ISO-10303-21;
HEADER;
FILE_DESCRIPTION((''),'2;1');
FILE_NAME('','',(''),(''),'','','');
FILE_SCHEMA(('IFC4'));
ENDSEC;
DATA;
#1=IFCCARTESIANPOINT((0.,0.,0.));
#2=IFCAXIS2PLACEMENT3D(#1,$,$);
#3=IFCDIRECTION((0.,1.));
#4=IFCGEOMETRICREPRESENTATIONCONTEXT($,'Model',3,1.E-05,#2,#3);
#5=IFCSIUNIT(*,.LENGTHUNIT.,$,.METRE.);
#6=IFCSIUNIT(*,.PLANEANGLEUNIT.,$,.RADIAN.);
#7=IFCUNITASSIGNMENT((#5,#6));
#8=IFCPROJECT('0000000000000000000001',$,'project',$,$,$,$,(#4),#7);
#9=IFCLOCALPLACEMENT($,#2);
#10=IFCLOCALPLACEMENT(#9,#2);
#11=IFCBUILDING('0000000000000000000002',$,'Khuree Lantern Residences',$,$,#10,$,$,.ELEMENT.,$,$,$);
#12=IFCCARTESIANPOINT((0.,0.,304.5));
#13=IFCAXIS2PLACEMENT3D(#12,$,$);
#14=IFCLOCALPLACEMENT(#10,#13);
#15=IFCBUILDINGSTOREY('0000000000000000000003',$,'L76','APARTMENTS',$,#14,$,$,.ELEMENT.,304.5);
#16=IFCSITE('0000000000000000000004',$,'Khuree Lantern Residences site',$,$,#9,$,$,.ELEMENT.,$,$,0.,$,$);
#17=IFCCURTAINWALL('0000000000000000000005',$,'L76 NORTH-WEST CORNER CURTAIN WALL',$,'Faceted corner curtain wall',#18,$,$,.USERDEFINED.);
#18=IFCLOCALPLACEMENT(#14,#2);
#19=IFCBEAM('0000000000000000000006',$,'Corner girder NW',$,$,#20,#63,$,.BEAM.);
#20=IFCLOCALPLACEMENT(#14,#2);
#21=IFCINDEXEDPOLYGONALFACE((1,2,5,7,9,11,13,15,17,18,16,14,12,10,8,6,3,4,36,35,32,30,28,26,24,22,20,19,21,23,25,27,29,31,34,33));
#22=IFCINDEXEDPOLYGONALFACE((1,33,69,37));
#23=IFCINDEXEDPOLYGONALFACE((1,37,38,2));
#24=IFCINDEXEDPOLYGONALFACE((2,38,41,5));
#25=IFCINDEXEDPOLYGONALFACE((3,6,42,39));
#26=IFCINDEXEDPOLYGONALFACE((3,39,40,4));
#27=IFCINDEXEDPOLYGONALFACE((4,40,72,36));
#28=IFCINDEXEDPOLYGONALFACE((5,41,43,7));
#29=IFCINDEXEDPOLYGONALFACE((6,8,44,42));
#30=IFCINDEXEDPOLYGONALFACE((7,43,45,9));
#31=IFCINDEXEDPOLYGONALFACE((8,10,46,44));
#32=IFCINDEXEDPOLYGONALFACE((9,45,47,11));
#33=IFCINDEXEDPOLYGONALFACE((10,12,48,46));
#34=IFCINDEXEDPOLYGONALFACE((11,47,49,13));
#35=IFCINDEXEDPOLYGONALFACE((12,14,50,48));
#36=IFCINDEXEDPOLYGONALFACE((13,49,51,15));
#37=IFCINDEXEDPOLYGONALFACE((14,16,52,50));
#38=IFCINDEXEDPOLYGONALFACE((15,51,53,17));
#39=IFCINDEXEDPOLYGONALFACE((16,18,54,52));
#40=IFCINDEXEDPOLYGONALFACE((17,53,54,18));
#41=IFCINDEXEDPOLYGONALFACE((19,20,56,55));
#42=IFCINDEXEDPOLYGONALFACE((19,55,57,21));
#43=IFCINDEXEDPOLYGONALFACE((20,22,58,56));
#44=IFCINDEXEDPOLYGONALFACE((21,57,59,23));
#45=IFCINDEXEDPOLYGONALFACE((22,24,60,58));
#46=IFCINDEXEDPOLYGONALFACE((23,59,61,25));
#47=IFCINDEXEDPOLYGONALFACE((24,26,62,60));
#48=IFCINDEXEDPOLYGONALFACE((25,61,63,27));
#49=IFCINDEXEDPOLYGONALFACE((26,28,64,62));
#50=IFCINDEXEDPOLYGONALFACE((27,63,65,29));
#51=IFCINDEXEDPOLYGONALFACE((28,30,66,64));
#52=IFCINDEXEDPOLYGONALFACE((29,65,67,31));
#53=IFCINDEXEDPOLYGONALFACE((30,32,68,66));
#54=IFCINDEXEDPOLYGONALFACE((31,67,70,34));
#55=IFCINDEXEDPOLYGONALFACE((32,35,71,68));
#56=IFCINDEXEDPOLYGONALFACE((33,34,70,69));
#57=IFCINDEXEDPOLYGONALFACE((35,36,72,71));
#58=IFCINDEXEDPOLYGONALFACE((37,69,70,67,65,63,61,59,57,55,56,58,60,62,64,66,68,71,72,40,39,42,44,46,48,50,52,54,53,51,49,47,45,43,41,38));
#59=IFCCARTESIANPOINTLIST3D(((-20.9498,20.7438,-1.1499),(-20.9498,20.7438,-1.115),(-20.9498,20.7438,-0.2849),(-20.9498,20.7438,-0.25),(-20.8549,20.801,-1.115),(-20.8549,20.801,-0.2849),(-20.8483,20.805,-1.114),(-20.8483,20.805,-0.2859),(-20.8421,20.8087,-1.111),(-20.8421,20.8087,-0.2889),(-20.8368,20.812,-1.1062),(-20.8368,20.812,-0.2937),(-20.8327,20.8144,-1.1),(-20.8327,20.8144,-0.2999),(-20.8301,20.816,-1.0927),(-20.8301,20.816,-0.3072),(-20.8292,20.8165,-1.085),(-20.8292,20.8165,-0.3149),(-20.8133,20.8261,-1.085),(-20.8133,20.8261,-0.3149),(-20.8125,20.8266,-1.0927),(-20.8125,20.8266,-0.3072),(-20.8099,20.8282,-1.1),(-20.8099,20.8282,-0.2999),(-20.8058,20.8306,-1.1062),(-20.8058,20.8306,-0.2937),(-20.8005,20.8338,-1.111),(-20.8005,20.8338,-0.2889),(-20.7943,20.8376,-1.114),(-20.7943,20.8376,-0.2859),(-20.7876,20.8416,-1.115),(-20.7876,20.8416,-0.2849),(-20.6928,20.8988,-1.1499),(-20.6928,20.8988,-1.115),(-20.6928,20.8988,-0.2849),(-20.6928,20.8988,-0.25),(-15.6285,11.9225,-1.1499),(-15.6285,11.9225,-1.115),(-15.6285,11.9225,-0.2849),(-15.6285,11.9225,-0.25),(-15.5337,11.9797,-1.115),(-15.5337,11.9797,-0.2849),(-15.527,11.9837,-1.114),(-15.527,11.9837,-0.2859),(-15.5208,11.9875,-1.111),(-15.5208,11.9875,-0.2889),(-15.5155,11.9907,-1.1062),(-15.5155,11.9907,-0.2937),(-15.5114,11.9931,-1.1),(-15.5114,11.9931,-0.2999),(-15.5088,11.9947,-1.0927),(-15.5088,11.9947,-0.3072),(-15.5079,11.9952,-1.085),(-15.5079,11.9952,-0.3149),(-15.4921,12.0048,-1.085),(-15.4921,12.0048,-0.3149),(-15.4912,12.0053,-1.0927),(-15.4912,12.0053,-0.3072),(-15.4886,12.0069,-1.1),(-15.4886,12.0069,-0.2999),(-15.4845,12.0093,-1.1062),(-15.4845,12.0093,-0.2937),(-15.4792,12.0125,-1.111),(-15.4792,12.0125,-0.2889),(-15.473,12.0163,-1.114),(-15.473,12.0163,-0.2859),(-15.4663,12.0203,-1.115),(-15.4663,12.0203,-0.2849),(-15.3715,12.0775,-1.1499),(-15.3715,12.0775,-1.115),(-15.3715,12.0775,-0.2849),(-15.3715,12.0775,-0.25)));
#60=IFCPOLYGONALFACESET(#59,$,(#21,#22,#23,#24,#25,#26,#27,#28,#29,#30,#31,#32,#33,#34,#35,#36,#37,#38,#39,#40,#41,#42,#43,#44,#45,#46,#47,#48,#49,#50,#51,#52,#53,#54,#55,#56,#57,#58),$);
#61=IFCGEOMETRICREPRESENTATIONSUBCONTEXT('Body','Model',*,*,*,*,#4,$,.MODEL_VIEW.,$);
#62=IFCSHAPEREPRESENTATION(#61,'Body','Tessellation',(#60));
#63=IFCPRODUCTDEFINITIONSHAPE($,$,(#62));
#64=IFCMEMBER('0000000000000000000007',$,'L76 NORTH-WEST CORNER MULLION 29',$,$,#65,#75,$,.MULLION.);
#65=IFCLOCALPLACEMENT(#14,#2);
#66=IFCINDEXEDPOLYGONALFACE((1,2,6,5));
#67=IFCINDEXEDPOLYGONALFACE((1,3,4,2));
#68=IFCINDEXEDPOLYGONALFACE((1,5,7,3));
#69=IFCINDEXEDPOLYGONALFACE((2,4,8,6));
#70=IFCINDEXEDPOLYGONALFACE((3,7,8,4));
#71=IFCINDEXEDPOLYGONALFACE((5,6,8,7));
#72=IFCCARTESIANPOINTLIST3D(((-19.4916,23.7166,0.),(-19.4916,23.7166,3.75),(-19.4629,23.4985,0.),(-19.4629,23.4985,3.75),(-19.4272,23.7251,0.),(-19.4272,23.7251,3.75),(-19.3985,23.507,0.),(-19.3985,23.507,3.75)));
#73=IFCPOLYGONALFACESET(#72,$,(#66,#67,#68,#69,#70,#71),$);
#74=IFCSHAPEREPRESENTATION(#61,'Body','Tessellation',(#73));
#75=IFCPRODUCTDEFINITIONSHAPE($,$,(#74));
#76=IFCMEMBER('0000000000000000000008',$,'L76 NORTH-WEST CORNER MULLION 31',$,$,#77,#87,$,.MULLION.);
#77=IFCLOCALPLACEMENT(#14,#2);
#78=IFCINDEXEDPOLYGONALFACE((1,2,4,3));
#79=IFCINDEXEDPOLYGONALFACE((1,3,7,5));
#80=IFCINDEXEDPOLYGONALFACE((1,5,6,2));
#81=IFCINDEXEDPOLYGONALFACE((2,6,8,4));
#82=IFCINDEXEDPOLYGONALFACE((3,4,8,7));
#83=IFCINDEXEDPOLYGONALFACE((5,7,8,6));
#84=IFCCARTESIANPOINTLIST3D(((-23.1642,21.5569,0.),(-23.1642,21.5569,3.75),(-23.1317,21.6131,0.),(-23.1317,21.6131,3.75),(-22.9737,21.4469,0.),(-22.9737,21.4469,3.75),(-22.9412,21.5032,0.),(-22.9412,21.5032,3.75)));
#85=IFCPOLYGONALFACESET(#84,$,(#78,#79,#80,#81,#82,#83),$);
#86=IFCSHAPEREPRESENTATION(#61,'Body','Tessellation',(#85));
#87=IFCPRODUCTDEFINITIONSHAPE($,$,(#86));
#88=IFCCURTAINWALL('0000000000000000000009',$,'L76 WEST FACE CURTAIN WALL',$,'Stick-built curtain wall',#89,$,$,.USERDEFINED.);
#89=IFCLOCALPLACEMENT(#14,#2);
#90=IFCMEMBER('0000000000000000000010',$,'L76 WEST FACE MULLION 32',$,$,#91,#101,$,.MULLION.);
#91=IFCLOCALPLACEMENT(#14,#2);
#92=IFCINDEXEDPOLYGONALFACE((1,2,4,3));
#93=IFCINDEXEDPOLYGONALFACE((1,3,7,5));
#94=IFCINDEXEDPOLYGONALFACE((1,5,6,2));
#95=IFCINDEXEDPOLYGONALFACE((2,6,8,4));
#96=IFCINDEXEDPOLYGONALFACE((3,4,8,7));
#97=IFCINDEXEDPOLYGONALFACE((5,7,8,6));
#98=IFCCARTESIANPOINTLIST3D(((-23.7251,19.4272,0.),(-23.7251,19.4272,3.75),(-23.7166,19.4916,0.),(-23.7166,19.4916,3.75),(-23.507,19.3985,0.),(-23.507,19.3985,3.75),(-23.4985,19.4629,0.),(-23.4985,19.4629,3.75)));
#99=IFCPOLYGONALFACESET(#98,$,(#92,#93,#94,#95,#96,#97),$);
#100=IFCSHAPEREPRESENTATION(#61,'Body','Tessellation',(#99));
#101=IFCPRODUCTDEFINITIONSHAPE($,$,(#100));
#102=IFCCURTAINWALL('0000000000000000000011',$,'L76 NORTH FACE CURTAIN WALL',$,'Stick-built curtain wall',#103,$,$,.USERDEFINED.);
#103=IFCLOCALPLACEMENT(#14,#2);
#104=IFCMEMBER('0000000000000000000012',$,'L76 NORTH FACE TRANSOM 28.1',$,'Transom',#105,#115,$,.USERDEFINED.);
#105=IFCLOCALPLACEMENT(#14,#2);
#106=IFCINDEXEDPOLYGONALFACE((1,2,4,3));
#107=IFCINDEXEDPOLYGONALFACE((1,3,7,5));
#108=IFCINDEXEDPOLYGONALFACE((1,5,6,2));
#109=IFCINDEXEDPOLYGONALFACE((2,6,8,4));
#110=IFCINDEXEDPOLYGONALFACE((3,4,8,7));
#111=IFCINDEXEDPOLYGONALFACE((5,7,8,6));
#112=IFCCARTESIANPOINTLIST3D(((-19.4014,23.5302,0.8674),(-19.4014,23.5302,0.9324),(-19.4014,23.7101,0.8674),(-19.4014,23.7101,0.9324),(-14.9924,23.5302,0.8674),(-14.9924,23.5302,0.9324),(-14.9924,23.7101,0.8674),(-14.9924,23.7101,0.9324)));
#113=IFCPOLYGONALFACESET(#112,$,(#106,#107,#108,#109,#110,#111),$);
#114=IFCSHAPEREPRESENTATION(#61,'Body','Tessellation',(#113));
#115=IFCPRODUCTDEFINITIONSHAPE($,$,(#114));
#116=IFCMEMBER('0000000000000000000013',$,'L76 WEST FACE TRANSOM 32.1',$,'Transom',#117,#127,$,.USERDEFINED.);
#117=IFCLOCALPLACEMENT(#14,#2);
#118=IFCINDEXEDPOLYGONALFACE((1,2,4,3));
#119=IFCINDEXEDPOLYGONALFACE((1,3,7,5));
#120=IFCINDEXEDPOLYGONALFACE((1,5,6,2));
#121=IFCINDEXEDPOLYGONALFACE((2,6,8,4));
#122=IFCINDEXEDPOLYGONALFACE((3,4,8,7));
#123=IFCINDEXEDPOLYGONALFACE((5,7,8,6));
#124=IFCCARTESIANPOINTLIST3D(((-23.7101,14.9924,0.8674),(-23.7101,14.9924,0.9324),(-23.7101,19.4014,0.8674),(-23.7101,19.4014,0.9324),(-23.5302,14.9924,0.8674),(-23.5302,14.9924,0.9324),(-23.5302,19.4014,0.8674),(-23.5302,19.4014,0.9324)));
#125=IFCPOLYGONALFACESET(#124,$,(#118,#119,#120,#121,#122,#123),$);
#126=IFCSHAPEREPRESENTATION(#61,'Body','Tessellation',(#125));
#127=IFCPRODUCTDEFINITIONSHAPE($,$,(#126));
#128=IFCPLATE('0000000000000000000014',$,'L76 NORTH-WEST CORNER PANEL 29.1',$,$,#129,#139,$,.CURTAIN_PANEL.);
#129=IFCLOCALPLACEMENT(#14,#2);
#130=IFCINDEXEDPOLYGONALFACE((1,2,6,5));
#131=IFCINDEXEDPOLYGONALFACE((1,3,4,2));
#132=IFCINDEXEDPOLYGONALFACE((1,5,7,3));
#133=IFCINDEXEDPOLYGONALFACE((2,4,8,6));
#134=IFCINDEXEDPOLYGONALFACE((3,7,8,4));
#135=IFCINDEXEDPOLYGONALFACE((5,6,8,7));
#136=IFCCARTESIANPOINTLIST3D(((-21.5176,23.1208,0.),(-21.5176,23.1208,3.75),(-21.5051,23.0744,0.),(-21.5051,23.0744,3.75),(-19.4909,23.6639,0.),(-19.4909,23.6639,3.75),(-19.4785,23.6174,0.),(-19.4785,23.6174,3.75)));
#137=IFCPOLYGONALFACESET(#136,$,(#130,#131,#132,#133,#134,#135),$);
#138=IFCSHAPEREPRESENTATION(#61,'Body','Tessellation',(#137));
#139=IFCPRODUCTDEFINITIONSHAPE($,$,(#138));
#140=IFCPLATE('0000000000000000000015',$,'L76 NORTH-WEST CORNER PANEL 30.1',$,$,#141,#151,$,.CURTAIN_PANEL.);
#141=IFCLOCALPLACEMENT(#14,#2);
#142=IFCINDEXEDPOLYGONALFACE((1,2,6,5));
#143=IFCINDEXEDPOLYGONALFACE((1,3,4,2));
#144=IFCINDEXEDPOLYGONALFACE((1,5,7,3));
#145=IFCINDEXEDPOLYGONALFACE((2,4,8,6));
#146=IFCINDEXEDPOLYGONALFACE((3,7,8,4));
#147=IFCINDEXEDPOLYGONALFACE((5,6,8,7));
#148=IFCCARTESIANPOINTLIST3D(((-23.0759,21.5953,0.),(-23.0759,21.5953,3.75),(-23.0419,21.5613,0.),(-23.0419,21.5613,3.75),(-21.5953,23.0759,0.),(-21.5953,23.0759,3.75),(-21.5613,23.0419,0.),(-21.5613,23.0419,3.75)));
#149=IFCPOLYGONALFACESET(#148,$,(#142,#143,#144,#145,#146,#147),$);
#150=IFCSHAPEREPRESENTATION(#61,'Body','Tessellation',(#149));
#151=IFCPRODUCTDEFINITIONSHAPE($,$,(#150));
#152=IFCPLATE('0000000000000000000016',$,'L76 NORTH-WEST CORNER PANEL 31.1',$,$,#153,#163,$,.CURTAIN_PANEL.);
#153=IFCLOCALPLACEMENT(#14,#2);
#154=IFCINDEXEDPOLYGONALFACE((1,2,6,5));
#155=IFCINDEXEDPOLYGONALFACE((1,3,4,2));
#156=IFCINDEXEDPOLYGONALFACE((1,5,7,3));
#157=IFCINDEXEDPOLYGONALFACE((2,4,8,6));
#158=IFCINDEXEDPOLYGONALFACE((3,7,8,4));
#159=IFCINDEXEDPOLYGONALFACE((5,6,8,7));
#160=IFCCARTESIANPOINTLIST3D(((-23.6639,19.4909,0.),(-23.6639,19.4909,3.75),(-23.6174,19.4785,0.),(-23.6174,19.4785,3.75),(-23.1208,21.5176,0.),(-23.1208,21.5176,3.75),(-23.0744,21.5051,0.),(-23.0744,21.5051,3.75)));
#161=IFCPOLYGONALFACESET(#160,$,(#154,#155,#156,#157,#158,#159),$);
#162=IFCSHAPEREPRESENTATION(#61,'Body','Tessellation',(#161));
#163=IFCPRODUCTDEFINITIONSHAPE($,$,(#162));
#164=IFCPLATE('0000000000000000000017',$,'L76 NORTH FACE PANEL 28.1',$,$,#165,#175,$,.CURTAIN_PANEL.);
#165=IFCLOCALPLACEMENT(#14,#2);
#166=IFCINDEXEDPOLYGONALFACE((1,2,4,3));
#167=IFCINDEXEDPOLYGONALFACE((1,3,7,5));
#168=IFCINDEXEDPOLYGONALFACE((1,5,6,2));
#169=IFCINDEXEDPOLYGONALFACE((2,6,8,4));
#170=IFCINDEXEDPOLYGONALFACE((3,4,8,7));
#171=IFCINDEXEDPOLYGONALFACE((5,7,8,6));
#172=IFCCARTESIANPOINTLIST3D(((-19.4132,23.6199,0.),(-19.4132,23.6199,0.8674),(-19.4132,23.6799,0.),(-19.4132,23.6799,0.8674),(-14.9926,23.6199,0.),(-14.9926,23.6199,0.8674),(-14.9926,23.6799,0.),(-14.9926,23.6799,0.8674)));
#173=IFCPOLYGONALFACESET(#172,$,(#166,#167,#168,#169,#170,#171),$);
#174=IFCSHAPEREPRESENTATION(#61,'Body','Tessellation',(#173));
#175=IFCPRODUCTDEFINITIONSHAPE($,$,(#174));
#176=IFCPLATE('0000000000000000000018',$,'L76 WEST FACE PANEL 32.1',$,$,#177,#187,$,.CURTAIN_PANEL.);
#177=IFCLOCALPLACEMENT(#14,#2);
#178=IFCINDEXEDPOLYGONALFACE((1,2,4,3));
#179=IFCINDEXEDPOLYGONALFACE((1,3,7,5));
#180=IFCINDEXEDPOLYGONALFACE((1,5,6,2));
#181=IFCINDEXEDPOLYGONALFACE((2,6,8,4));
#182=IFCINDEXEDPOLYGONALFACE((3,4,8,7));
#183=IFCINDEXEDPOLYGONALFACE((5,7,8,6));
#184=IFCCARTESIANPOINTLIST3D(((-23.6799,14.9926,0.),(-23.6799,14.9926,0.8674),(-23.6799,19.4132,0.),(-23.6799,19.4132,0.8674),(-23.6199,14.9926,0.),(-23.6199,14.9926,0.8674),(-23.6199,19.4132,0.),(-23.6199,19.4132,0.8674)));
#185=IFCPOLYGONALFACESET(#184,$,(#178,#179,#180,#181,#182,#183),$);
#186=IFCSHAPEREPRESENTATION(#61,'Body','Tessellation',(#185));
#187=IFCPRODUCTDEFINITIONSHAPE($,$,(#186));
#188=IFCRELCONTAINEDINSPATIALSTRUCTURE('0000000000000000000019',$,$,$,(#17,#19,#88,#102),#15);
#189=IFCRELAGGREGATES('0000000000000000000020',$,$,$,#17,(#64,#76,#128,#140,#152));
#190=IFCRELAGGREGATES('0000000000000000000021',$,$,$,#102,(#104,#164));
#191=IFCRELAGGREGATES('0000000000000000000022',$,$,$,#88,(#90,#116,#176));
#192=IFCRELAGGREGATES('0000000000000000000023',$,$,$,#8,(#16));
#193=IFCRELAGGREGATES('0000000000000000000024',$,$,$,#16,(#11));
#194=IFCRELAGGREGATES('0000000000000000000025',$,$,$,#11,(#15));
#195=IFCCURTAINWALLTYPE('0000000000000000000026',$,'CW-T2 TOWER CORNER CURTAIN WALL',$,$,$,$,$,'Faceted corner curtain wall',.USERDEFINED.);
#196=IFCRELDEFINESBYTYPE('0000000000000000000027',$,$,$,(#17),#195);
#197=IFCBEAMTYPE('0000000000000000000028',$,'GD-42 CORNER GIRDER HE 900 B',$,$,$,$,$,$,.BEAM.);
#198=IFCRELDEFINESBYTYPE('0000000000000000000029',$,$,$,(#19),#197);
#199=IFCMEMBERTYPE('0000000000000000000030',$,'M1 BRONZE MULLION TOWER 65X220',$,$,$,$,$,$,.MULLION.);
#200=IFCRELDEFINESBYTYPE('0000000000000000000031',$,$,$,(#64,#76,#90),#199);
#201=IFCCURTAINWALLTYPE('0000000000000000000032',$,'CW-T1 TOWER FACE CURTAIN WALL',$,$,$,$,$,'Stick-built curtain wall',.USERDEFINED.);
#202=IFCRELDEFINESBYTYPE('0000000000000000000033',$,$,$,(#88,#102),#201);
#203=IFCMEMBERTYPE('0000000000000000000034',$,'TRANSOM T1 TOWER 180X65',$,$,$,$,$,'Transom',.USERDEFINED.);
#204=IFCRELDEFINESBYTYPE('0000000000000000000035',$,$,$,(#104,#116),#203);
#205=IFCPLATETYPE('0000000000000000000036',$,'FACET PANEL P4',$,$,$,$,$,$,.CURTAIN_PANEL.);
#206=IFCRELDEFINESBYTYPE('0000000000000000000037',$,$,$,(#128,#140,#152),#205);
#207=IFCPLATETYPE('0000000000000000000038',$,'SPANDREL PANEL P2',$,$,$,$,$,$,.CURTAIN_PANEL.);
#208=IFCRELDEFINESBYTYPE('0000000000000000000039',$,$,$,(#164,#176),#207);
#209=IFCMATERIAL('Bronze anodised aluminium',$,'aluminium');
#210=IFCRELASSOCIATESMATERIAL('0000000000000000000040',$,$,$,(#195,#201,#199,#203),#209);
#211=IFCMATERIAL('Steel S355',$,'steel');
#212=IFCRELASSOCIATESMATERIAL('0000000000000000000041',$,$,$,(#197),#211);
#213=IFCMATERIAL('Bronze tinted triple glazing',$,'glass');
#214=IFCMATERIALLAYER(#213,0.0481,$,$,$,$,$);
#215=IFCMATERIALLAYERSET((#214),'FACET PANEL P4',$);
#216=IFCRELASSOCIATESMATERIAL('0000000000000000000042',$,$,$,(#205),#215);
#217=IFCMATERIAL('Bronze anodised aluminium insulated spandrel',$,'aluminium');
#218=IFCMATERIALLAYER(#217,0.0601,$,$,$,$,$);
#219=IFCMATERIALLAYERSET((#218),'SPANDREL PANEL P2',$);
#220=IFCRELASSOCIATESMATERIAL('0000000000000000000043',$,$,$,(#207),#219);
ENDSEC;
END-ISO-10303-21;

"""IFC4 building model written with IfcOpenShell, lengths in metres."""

from ifc_helpers import new_model, si_unit, direction, frame, origin, origin_2d, place, context, subcontext, project, spatial, rectangle, i_section, extrude, material, layer, layer_set, material_profile, profile_set, type_object, element, aggregate, save


model = new_model("IFC4")

# Units and contexts
model_context = context("Model", 3, precision=1e-05, world=origin(), true_north=direction((0.0, 1.0)))
body_context = subcontext(model_context, "Body", "Model", "MODEL_VIEW")
ifc_project = project(units=[si_unit("LENGTHUNIT", "METRE"), si_unit("PLANEANGLEUNIT", "RADIAN")], contexts=[model_context])

# Site, building, storey
site_placement = place(None, origin())
site = spatial("IfcSite", under=ifc_project, at=site_placement, Name="Khuree Lantern Residences site", CompositionType="ELEMENT", RefElevation=0.0)
building_placement = place(site_placement, origin())
building = spatial("IfcBuilding", under=site, at=building_placement, Name="Khuree Lantern Residences", CompositionType="ELEMENT")
storey_placement = place(building_placement, frame((0.0, 0.0, 304.5)))
storey = spatial("IfcBuildingStorey", under=building, at=storey_placement, Name="L76", Description="APARTMENTS", CompositionType="ELEMENT", Elevation=304.5)

# Shared definitions
ifc_material_1 = material(Name="Steel S355", Category="steel")

# Curtain wall
ifc_material_2 = material(Name="Bronze anodised aluminium", Category="aluminium")
curtain_wall_type_1 = type_object("IfcCurtainWallType", Name="CW-T2 TOWER CORNER CURTAIN WALL", ElementType="Faceted corner curtain wall", PredefinedType="USERDEFINED", material=ifc_material_2)
curtain_wall_1_placement = place(storey_placement, origin())
curtain_wall_1 = element("IfcCurtainWall", 1, at=curtain_wall_1_placement, inside=storey, type_object=curtain_wall_type_1, Name="L76 NORTH-WEST CORNER CURTAIN WALL", ObjectType="Faceted corner curtain wall", PredefinedType="USERDEFINED")

# Beam
ifc_material_profile_1 = material_profile(ifc_material_1, i_section(OverallWidth=0.3, OverallDepth=0.8999, WebThickness=0.0186, FlangeThickness=0.0349, FilletRadius=0.03, at=origin_2d()), Name="HE 900 B")
ifc_profile_set_1 = profile_set([ifc_material_profile_1], Name="Steel S355")
beam_type_1 = type_object("IfcBeamType", Name="GD-42 CORNER GIRDER HE 900 B", PredefinedType="BEAM", material=ifc_profile_set_1)
beam_1_placement = place(storey_placement, frame((-20.8213, 20.8213, -0.7), z_axis=(0.51653, -0.856269, 0.0), x_axis=(0.856269, 0.51653, 0.0)))
element("IfcBeam", 2, at=beam_1_placement, inside=storey, type_object=beam_type_1, Name="Corner girder NW", PredefinedType="BEAM", context=body_context, shape_type="SweptSolid", body=[
    extrude(i_section(OverallWidth=0.3, OverallDepth=0.8999, WebThickness=0.0186, FlangeThickness=0.0349, FilletRadius=0.03, at=origin_2d()), origin(), (0.0, 0.0, 1.0), 10.302),
])

# Members
ifc_material_profile_2 = material_profile(ifc_material_2, rectangle(XDim=0.0649, YDim=0.22, at=origin_2d()), Name="M1 65X220")
ifc_profile_set_2 = profile_set([ifc_material_profile_2], Name="Bronze anodised aluminium")
member_type_1 = type_object("IfcMemberType", Name="M1 BRONZE MULLION TOWER 65X220", PredefinedType="MULLION", material=ifc_profile_set_2)
member_1_placement = place(storey_placement, frame((-19.4451, 23.6118, 0.0), z_axis=(0.0, 0.0, 1.0), x_axis=(-0.991445, -0.130526, 0.0)))
member_1 = element("IfcMember", 3, at=member_1_placement, type_object=member_type_1, Name="L76 NORTH-WEST CORNER MULLION 29", PredefinedType="MULLION", context=body_context, shape_type="SweptSolid", body=[
    extrude(rectangle(XDim=0.0649, YDim=0.22, at=origin_2d()), origin(), (0.0, 0.0, 1.0), 3.75),
])
member_2_placement = place(storey_placement, frame((-23.0527, 21.53, 0.0), z_axis=(0.0, 0.0, 1.0), x_axis=(-0.5, -0.866025, 0.0)))
member_2 = element("IfcMember", 4, at=member_2_placement, type_object=member_type_1, Name="L76 NORTH-WEST CORNER MULLION 31", PredefinedType="MULLION", context=body_context, shape_type="SweptSolid", body=[
    extrude(rectangle(XDim=0.0649, YDim=0.22, at=origin_2d()), origin(), (0.0, 0.0, 1.0), 3.75),
])

# Curtain walls, members
curtain_wall_type_2 = type_object("IfcCurtainWallType", Name="CW-T1 TOWER FACE CURTAIN WALL", ElementType="Stick-built curtain wall", PredefinedType="USERDEFINED", material=ifc_material_2)
curtain_wall_2_placement = place(storey_placement, origin())
curtain_wall_2 = element("IfcCurtainWall", 5, at=curtain_wall_2_placement, inside=storey, type_object=curtain_wall_type_2, Name="L76 WEST FACE CURTAIN WALL", ObjectType="Stick-built curtain wall", PredefinedType="USERDEFINED")
member_3_placement = place(storey_placement, frame((-23.6118, 19.4451, 0.0), z_axis=(0.0, 0.0, 1.0), x_axis=(-0.130526, -0.991445, 0.0)))
member_3 = element("IfcMember", 6, at=member_3_placement, type_object=member_type_1, Name="L76 WEST FACE MULLION 32", PredefinedType="MULLION", context=body_context, shape_type="SweptSolid", body=[
    extrude(rectangle(XDim=0.0649, YDim=0.22, at=origin_2d()), origin(), (0.0, 0.0, 1.0), 3.75),
])
curtain_wall_3_placement = place(storey_placement, origin())
curtain_wall_3 = element("IfcCurtainWall", 7, at=curtain_wall_3_placement, inside=storey, type_object=curtain_wall_type_2, Name="L76 NORTH FACE CURTAIN WALL", ObjectType="Stick-built curtain wall", PredefinedType="USERDEFINED")
ifc_material_profile_3 = material_profile(ifc_material_2, rectangle(XDim=0.1799, YDim=0.0649, at=origin_2d()), Name="T1 180X65")
ifc_profile_set_3 = profile_set([ifc_material_profile_3], Name="Bronze anodised aluminium")
member_type_2 = type_object("IfcMemberType", Name="TRANSOM T1 TOWER 180X65", ElementType="Transom", PredefinedType="USERDEFINED", material=ifc_profile_set_3)
member_4_placement = place(storey_placement, frame((-14.9924, 23.6201, 0.8999), z_axis=(-1.0, 0.0, 0.0), x_axis=(0.0, -1.0, 0.0)))
member_4 = element("IfcMember", 8, at=member_4_placement, type_object=member_type_2, Name="L76 NORTH FACE TRANSOM 28.1", ObjectType="Transom", PredefinedType="USERDEFINED", context=body_context, shape_type="SweptSolid", body=[
    extrude(rectangle(XDim=0.1799, YDim=0.0649, at=origin_2d()), origin(), (0.0, 0.0, 1.0), 4.4089),
])

# Member
member_5_placement = place(storey_placement, frame((-23.6201, 19.4014, 0.8999), z_axis=(0.0, -1.0, 0.0), x_axis=(1.0, 0.0, 0.0)))
member_5 = element("IfcMember", 9, at=member_5_placement, type_object=member_type_2, Name="L76 WEST FACE TRANSOM 32.1", ObjectType="Transom", PredefinedType="USERDEFINED", context=body_context, shape_type="SweptSolid", body=[
    extrude(rectangle(XDim=0.1799, YDim=0.0649, at=origin_2d()), origin(), (0.0, 0.0, 1.0), 4.4089),
])

# Plates
ifc_material_3 = material(Name="Bronze tinted triple glazing", Category="glass")
ifc_layer_1 = layer(ifc_material_3, 0.0481)
ifc_layer_set_1 = layer_set([ifc_layer_1], Name="FACET PANEL P4")
plate_type_1 = type_object("IfcPlateType", Name="FACET PANEL P4", PredefinedType="CURTAIN_PANEL", material=ifc_layer_set_1)
plate_1_placement = place(storey_placement, frame((-20.498, 23.3691, 0.0), z_axis=(0.0, 0.0, 1.0), x_axis=(-0.965926, -0.258819, 0.0)))
plate_1 = element("IfcPlate", 10, at=plate_1_placement, type_object=plate_type_1, Name="L76 NORTH-WEST CORNER PANEL 29.1", PredefinedType="CURTAIN_PANEL", context=body_context, shape_type="SweptSolid", body=[
    extrude(rectangle(XDim=2.0981, YDim=0.0481, at=origin_2d()), origin(), (0.0, 0.0, 1.0), 3.75),
])
plate_2_placement = place(storey_placement, frame((-22.3186, 22.3186, 0.0), z_axis=(0.0, 0.0, 1.0), x_axis=(-0.707107, -0.707107, 0.0)))
plate_2 = element("IfcPlate", 11, at=plate_2_placement, type_object=plate_type_1, Name="L76 NORTH-WEST CORNER PANEL 30.1", PredefinedType="CURTAIN_PANEL", context=body_context, shape_type="SweptSolid", body=[
    extrude(rectangle(XDim=2.094, YDim=0.0481, at=origin_2d()), origin(), (0.0, 0.0, 1.0), 3.75),
])
plate_3_placement = place(storey_placement, frame((-23.3691, 20.498, 0.0), z_axis=(0.0, 0.0, 1.0), x_axis=(-0.258819, -0.965926, 0.0)))
plate_3 = element("IfcPlate", 12, at=plate_3_placement, type_object=plate_type_1, Name="L76 NORTH-WEST CORNER PANEL 31.1", PredefinedType="CURTAIN_PANEL", context=body_context, shape_type="SweptSolid", body=[
    extrude(rectangle(XDim=2.0981, YDim=0.0481, at=origin_2d()), origin(), (0.0, 0.0, 1.0), 3.75),
])
aggregate(curtain_wall_1, [member_1, member_2, plate_1, plate_2, plate_3])
ifc_material_4 = material(Name="Bronze anodised aluminium insulated spandrel", Category="aluminium")
ifc_layer_2 = layer(ifc_material_4, 0.0601)
ifc_layer_set_2 = layer_set([ifc_layer_2], Name="SPANDREL PANEL P2")
plate_type_2 = type_object("IfcPlateType", Name="SPANDREL PANEL P2", PredefinedType="CURTAIN_PANEL", material=ifc_layer_set_2)
plate_4_placement = place(storey_placement, frame((-17.2029, 23.6499, 0.0), z_axis=(0.0, 0.0, 1.0), x_axis=(-1.0, 0.0, 0.0)))
plate_4 = element("IfcPlate", 13, at=plate_4_placement, type_object=plate_type_2, Name="L76 NORTH FACE PANEL 28.1", PredefinedType="CURTAIN_PANEL", context=body_context, shape_type="SweptSolid", body=[
    extrude(rectangle(XDim=4.4207, YDim=0.0601, at=origin_2d()), origin(), (0.0, 0.0, 1.0), 0.8674),
])
plate_5_placement = place(storey_placement, frame((-23.6499, 17.2029, 0.0), z_axis=(0.0, 0.0, 1.0), x_axis=(0.0, -1.0, 0.0)))
plate_5 = element("IfcPlate", 14, at=plate_5_placement, type_object=plate_type_2, Name="L76 WEST FACE PANEL 32.1", PredefinedType="CURTAIN_PANEL", context=body_context, shape_type="SweptSolid", body=[
    extrude(rectangle(XDim=4.4207, YDim=0.0601, at=origin_2d()), origin(), (0.0, 0.0, 1.0), 0.8674),
])
aggregate(curtain_wall_3, [member_4, plate_4])
aggregate(curtain_wall_2, [member_3, member_5, plate_5])

save(model, "model.ifc")
